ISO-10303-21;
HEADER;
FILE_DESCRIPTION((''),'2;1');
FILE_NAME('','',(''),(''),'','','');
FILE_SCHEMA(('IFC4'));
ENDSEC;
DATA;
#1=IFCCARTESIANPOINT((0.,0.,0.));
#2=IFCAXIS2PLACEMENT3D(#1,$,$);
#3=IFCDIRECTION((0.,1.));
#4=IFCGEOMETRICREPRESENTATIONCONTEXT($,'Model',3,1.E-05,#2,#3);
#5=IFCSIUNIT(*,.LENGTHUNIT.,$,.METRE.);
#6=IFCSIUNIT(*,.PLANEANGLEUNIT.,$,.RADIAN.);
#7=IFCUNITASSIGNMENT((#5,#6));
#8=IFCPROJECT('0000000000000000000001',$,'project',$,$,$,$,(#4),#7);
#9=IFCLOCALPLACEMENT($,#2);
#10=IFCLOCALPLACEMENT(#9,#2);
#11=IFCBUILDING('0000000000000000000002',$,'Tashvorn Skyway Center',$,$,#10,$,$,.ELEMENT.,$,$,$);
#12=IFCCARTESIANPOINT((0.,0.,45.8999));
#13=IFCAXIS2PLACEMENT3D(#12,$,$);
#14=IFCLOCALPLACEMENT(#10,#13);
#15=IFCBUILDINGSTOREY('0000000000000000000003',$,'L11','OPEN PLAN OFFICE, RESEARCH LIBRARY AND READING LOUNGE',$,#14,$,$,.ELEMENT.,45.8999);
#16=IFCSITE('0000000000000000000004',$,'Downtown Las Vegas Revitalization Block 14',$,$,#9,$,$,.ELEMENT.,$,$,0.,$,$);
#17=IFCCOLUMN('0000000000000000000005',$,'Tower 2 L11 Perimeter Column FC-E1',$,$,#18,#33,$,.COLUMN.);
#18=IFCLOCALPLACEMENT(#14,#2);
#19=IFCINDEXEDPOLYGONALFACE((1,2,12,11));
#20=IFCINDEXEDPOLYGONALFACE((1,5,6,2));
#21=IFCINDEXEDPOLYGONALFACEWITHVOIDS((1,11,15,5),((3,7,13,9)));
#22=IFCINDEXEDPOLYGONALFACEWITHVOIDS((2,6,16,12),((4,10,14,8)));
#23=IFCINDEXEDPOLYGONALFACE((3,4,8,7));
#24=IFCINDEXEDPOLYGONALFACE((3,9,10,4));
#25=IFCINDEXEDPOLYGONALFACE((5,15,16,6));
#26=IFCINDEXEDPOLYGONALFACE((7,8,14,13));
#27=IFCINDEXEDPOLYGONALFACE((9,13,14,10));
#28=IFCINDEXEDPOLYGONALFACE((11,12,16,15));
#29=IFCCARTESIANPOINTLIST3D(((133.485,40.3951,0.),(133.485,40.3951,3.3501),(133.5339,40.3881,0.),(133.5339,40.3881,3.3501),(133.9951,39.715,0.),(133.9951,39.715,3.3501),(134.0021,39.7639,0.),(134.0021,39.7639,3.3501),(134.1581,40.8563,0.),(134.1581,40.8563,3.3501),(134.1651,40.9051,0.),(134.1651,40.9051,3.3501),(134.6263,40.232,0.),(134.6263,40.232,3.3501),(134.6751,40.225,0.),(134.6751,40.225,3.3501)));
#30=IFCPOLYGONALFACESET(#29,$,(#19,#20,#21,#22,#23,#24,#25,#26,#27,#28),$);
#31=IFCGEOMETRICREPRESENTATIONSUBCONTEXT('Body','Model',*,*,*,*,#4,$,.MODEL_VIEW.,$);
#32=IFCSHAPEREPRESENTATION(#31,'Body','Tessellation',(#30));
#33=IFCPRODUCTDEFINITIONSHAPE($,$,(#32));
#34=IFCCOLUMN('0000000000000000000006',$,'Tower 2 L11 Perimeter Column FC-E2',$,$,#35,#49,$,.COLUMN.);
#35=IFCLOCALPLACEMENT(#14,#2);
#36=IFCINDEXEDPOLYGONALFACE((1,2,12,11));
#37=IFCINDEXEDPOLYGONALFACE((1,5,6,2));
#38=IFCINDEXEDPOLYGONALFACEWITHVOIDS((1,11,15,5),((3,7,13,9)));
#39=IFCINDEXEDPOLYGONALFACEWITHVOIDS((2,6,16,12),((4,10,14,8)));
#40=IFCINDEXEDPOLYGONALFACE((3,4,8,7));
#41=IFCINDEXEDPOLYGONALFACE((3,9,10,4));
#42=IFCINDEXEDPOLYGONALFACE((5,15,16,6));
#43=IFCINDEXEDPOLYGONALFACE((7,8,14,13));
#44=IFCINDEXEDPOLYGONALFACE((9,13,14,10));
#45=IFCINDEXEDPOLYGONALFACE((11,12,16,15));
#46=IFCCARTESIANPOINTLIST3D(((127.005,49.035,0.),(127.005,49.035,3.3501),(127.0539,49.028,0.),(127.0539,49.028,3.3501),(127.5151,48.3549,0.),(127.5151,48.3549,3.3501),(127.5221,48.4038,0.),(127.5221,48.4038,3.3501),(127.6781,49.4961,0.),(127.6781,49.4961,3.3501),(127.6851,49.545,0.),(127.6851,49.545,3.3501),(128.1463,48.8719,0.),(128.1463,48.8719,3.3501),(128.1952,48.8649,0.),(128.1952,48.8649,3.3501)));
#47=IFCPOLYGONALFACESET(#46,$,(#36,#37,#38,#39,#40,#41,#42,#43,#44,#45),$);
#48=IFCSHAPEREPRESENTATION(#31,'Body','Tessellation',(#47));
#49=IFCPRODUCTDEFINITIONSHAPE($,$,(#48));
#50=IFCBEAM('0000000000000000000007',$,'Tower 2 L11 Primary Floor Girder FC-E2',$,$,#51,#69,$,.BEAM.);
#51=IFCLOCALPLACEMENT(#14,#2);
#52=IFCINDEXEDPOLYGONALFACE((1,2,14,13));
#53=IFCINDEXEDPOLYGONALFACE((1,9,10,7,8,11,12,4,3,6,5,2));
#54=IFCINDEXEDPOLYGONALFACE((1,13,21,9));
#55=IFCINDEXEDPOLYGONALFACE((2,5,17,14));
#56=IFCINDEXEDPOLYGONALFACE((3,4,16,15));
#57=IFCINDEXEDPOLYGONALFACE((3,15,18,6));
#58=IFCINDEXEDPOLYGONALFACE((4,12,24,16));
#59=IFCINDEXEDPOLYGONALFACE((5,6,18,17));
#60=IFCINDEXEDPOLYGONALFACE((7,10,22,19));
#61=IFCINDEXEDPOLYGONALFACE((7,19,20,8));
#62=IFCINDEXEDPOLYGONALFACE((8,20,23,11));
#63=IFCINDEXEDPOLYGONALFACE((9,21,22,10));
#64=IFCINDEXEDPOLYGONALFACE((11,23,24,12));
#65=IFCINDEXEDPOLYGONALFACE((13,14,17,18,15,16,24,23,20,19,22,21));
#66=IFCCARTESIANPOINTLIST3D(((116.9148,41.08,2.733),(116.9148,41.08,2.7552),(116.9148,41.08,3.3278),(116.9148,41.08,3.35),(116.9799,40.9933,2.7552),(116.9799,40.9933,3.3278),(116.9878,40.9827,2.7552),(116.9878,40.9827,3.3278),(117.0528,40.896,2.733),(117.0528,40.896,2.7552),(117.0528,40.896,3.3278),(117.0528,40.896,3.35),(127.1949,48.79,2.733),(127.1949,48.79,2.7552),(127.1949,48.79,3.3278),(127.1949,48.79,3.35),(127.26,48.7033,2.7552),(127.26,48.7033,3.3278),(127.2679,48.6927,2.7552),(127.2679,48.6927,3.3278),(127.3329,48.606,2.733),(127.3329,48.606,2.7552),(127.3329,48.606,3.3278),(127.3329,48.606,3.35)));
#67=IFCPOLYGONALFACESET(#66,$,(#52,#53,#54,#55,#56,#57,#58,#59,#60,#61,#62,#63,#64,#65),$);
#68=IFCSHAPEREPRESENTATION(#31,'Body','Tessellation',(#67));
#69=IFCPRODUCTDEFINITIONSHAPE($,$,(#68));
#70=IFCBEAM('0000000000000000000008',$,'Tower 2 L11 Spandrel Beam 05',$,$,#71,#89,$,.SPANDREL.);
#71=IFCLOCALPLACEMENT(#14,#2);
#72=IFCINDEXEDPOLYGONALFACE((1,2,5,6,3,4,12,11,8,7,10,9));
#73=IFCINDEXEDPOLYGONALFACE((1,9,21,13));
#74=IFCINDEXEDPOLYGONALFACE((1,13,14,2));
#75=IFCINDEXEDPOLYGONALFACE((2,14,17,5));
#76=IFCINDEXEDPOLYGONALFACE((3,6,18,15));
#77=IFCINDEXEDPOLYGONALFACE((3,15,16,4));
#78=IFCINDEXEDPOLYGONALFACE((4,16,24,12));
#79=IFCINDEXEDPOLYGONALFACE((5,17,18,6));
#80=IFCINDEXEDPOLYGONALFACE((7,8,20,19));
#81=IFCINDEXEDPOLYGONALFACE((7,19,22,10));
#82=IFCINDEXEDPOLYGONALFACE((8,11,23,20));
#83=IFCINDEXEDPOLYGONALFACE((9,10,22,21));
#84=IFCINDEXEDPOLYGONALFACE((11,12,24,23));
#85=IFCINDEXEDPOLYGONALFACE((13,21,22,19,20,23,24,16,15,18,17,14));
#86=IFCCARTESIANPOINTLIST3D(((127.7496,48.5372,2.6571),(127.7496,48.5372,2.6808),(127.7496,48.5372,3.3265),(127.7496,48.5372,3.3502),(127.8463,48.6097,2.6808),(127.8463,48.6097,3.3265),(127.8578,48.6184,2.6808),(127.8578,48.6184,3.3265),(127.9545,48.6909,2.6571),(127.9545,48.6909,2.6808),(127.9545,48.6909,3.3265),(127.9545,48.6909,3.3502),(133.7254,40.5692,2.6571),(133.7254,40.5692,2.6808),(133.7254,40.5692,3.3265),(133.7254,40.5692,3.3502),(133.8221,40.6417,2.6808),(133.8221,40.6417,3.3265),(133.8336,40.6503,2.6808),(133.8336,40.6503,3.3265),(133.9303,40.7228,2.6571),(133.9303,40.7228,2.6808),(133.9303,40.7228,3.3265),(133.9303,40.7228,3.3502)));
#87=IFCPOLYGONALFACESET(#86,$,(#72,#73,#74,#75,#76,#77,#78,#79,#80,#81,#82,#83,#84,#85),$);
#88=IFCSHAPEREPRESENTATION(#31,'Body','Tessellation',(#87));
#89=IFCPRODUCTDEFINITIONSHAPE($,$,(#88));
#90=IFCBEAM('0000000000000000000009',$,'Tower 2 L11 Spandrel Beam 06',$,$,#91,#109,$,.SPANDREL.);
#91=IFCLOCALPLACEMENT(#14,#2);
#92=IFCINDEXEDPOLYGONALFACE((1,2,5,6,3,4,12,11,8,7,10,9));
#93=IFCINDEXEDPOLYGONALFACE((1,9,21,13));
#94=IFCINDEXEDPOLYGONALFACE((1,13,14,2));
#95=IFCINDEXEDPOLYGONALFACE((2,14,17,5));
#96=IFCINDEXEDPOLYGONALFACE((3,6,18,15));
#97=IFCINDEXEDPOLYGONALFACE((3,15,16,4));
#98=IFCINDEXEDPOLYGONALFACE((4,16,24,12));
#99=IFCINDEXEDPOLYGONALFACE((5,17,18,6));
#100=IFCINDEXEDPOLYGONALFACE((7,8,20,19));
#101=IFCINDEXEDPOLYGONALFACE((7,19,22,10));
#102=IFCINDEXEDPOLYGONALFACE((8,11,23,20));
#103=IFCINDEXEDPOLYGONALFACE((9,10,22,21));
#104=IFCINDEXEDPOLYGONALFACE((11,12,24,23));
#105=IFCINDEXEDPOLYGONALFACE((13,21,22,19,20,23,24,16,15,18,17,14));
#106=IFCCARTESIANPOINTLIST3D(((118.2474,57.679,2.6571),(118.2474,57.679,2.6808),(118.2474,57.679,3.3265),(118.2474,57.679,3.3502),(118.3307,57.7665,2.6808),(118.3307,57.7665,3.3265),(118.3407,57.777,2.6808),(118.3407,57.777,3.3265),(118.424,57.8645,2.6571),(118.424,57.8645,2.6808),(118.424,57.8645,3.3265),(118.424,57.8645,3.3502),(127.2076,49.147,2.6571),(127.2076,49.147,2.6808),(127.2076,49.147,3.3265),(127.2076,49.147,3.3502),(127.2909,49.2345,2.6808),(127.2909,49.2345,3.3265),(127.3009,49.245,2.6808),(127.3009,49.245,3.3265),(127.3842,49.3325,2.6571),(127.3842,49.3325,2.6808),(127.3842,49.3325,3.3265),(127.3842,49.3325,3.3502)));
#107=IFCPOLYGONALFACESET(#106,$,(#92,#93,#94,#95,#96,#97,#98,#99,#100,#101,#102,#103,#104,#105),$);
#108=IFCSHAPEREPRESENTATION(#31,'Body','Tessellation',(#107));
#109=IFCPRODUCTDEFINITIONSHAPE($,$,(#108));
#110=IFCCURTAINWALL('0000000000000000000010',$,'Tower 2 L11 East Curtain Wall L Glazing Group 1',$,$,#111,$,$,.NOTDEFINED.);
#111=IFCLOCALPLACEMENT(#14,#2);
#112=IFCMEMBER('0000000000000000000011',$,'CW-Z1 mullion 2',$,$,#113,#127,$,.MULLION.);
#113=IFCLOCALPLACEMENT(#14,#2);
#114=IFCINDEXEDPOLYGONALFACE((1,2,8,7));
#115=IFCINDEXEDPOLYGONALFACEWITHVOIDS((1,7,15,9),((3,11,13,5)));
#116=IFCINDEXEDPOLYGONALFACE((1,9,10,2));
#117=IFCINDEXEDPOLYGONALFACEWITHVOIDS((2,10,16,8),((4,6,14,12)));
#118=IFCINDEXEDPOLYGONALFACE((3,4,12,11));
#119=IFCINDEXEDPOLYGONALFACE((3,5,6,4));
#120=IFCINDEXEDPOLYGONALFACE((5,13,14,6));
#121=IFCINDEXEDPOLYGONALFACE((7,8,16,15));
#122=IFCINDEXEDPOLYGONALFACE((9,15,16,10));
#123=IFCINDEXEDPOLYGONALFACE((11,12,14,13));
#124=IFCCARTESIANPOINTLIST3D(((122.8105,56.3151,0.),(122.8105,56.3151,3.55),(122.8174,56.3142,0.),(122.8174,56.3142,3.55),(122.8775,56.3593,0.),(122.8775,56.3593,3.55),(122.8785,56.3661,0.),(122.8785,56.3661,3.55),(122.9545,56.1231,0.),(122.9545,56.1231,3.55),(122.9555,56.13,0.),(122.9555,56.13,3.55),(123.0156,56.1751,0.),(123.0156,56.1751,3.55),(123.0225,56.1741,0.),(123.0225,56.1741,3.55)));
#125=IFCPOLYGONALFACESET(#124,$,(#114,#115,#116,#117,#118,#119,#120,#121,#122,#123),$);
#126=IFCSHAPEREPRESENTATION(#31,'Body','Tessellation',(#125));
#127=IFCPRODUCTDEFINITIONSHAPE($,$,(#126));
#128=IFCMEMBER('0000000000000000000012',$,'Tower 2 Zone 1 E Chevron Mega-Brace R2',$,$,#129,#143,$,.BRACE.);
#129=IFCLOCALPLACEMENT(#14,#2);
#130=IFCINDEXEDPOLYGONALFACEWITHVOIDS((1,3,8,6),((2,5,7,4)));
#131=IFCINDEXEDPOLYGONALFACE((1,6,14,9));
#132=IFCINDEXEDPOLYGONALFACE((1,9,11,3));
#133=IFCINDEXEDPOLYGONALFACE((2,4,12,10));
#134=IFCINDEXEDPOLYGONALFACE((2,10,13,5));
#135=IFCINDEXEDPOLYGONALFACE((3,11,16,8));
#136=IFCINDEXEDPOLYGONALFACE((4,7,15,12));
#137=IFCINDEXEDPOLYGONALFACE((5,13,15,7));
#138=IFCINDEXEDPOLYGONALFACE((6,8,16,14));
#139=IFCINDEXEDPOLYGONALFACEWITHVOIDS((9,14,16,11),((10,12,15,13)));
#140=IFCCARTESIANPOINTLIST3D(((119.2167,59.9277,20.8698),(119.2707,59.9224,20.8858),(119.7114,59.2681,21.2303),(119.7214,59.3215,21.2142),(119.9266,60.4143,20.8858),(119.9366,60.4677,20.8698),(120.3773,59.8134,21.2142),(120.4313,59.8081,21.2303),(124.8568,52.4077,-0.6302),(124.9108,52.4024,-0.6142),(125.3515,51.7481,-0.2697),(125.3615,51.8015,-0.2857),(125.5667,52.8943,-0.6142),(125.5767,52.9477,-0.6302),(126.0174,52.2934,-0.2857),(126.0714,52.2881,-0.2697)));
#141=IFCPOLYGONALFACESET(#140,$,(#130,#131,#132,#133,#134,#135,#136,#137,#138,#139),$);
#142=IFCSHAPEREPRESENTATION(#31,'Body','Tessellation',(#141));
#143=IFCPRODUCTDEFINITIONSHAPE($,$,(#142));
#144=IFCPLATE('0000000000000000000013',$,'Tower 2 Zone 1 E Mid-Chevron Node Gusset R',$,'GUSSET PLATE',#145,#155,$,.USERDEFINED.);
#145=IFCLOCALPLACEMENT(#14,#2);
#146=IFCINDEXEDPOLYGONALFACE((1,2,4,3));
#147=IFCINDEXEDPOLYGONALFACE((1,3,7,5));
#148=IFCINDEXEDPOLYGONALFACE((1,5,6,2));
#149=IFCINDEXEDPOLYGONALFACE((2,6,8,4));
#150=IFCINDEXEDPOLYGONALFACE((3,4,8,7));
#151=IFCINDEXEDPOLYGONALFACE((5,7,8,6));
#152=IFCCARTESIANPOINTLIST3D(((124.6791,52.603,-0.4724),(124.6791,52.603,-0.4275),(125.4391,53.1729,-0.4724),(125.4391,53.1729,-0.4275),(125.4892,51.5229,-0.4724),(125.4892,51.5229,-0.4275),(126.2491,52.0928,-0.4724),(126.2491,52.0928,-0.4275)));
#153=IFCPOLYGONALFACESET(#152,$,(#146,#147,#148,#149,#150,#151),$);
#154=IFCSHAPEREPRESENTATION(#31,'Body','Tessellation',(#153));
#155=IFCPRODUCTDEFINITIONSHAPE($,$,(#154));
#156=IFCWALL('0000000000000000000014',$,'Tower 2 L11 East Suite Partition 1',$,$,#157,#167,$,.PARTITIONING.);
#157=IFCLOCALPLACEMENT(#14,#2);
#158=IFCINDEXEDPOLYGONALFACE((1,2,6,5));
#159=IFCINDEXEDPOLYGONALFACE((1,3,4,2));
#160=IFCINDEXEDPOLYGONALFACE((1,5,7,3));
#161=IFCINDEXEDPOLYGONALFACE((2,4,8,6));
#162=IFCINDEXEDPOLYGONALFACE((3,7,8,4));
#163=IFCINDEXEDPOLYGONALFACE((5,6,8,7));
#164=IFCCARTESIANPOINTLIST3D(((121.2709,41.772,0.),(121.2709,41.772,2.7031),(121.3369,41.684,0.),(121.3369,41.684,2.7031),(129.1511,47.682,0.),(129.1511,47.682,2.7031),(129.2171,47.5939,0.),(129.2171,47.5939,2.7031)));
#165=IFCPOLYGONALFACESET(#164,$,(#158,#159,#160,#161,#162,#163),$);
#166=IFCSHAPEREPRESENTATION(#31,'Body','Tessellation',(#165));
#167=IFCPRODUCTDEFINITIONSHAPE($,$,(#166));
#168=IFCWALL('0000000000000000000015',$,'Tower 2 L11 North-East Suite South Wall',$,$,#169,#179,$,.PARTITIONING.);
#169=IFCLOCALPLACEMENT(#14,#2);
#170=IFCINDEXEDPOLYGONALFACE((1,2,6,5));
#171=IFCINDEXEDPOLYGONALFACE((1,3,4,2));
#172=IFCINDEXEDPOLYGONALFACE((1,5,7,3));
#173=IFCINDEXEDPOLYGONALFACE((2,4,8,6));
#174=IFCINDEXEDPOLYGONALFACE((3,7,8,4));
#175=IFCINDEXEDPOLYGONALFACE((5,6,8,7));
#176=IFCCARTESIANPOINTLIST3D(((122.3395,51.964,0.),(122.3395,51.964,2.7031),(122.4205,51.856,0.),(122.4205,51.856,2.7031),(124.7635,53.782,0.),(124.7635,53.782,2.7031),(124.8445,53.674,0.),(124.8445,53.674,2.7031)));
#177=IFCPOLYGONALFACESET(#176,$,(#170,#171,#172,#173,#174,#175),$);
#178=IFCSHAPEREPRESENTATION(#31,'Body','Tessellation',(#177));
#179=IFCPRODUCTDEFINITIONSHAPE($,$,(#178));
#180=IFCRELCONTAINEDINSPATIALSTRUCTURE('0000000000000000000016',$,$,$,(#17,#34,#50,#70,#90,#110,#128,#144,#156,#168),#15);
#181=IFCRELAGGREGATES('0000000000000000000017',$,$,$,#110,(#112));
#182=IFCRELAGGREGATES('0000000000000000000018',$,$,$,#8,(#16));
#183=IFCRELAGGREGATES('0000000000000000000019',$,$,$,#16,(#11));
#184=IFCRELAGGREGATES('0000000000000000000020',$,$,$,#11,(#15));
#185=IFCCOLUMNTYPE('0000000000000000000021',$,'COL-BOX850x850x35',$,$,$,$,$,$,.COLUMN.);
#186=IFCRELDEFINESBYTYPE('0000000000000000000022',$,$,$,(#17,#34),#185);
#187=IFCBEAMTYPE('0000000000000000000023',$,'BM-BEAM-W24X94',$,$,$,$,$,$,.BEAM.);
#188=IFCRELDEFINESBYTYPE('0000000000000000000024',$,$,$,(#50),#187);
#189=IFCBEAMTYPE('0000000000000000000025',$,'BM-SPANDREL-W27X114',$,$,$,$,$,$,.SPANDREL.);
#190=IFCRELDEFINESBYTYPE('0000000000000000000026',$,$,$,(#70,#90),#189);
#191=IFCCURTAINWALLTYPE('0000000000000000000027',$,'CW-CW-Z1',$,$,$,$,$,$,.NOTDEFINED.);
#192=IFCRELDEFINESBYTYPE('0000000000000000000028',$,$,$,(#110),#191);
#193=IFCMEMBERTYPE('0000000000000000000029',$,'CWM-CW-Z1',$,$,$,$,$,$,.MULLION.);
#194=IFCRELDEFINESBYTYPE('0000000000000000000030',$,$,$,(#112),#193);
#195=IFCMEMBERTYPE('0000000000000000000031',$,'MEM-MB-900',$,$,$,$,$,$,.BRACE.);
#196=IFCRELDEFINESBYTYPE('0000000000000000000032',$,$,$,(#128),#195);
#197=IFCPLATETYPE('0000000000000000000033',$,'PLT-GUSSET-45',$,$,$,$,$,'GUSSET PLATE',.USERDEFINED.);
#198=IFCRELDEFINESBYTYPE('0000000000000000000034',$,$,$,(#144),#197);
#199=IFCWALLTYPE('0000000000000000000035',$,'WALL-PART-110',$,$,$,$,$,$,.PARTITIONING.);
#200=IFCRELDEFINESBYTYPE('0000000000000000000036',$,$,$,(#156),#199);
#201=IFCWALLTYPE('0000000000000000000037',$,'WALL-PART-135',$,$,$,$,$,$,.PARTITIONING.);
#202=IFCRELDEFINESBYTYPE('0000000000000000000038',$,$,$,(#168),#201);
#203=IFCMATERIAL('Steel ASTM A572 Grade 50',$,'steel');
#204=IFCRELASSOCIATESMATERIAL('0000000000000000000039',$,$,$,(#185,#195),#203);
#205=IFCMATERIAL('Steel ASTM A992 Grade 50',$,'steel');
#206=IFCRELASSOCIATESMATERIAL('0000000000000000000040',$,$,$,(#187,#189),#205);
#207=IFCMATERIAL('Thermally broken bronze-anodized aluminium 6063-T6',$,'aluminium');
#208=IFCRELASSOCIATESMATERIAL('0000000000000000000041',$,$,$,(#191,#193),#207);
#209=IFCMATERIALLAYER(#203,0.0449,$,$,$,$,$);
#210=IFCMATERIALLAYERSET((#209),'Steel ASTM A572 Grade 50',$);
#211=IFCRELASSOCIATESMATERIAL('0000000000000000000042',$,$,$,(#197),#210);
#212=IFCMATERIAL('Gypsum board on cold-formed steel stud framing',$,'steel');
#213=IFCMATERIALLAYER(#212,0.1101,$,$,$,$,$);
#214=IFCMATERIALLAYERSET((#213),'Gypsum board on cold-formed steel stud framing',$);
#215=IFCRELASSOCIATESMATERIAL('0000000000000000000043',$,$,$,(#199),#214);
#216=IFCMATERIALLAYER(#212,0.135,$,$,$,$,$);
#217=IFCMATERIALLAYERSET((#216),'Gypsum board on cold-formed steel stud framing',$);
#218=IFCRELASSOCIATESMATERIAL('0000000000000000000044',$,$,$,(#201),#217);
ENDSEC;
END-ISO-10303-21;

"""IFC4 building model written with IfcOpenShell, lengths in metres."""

from ifc_helpers import new_model, si_unit, direction, frame, frame_2d, origin, origin_2d, place, context, subcontext, project, spatial, rectangle, hollow_rectangle, i_section, extrude, material, layer, layer_set, material_profile, profile_set, type_object, element, aggregate, save


model = new_model("IFC4")

# Units and contexts
model_context = context("Model", 3, precision=1e-05, world=origin(), true_north=direction((0.0, 1.0)))
body_context = subcontext(model_context, "Body", "Model", "MODEL_VIEW")
ifc_project = project(units=[si_unit("LENGTHUNIT", "METRE"), si_unit("PLANEANGLEUNIT", "RADIAN")], contexts=[model_context])

# Site, building, storey
site_placement = place(None, origin())
site = spatial("IfcSite", under=ifc_project, at=site_placement, Name="Downtown Las Vegas Revitalization Block 14", CompositionType="ELEMENT", RefElevation=0.0)
building_placement = place(site_placement, origin())
building = spatial("IfcBuilding", under=site, at=building_placement, Name="Tashvorn Skyway Center", CompositionType="ELEMENT")
storey_placement = place(building_placement, frame((0.0, 0.0, 45.8999)))
storey = spatial("IfcBuildingStorey", under=building, at=storey_placement, Name="L11", Description="OPEN PLAN OFFICE, RESEARCH LIBRARY AND READING LOUNGE", CompositionType="ELEMENT", Elevation=45.8999)

# Columns
ifc_material_1 = material(Name="Steel ASTM A572 Grade 50", Category="steel")
ifc_material_profile_1 = material_profile(ifc_material_1, hollow_rectangle(XDim=0.8501, YDim=0.8501, WallThickness=0.0349, at=origin_2d()), Name="BOX850x850x35")
ifc_profile_set_1 = profile_set([ifc_material_profile_1], Name="Steel ASTM A572 Grade 50")
column_type = type_object("IfcColumnType", Name="COL-BOX850x850x35", PredefinedType="COLUMN", material=ifc_profile_set_1)
for number, where, z_axis, x_axis, name in (
    (1, (134.0801, 40.3101, 0.0), (0.0, 0.0, 1.0), (0.8, 0.6, 0.0), "Tower 2 L11 Perimeter Column FC-E1"),
    (2, (127.6001, 48.95, 0.0), (0.0, 0.0, 1.0), (0.8, 0.6, 0.0), "Tower 2 L11 Perimeter Column FC-E2"),
):
    element("IfcColumn", number, at=place(storey_placement, frame(where, z_axis=z_axis, x_axis=x_axis)), inside=storey, type_object=column_type, Name=name, PredefinedType="COLUMN", context=body_context, shape_type="SweptSolid", body=[
        extrude(hollow_rectangle(XDim=0.8501, YDim=0.8501, WallThickness=0.0349, at=origin_2d()), origin(), (0.0, 0.0, 1.0), 3.3501),
    ])

# Beams
ifc_material_2 = material(Name="Steel ASTM A992 Grade 50", Category="steel")
ifc_material_profile_2 = material_profile(ifc_material_2, i_section(OverallWidth=0.23, OverallDepth=0.6169, WebThickness=0.0132, FlangeThickness=0.0222, at=origin_2d()), Name="W24X94")
ifc_profile_set_2 = profile_set([ifc_material_profile_2], Name="Steel ASTM A992 Grade 50")
beam_type_1 = type_object("IfcBeamType", Name="BM-BEAM-W24X94", PredefinedType="BEAM", material=ifc_profile_set_2)
beam_1_placement = place(storey_placement, frame((127.2639, 48.698, 3.0415), z_axis=(-0.800002, -0.599997, 0.0), x_axis=(0.599997, -0.800002, 0.0)))
element("IfcBeam", 3, at=beam_1_placement, inside=storey, type_object=beam_type_1, Name="Tower 2 L11 Primary Floor Girder FC-E2", PredefinedType="BEAM", context=body_context, shape_type="SweptSolid", body=[
    extrude(i_section(OverallWidth=0.23, OverallDepth=0.6169, WebThickness=0.0132, FlangeThickness=0.0222, at=origin_2d()), origin(), (0.0, 0.0, 1.0), 12.8501),
])
ifc_material_profile_3 = material_profile(ifc_material_2, i_section(OverallWidth=0.2561, OverallDepth=0.6931, WebThickness=0.0144, FlangeThickness=0.0237, at=origin_2d()), Name="W27X114")
ifc_profile_set_3 = profile_set([ifc_material_profile_3], Name="Steel ASTM A992 Grade 50")
beam_type_2 = type_object("IfcBeamType", Name="BM-SPANDREL-W27X114", PredefinedType="SPANDREL", material=ifc_profile_set_3)
beam_2_placement = place(storey_placement, frame((133.8279, 40.646, 3.0037), z_axis=(-0.599988, 0.800009, 0.0), x_axis=(-0.800009, -0.599988, 0.0)))
element("IfcBeam", 4, at=beam_2_placement, inside=storey, type_object=beam_type_2, Name="Tower 2 L11 Spandrel Beam 05", PredefinedType="SPANDREL", context=body_context, shape_type="SweptSolid", body=[
    extrude(i_section(OverallWidth=0.2561, OverallDepth=0.6931, WebThickness=0.0144, FlangeThickness=0.0237, at=origin_2d()), origin(), (0.0, 0.0, 1.0), 9.96),
])
beam_3_placement = place(storey_placement, frame((127.2959, 49.2397, 3.0037), z_axis=(-0.7242, 0.68959, 0.0), x_axis=(-0.68959, -0.7242, 0.0)))
element("IfcBeam", 5, at=beam_3_placement, inside=storey, type_object=beam_type_2, Name="Tower 2 L11 Spandrel Beam 06", PredefinedType="SPANDREL", context=body_context, shape_type="SweptSolid", body=[
    extrude(i_section(OverallWidth=0.2561, OverallDepth=0.6931, WebThickness=0.0144, FlangeThickness=0.0237, at=origin_2d()), origin(), (0.0, 0.0, 1.0), 12.3726),
])

# Curtain wall, member
ifc_material_3 = material(Name="Thermally broken bronze-anodized aluminium 6063-T6", Category="aluminium")
curtain_wall_type = type_object("IfcCurtainWallType", Name="CW-CW-Z1", PredefinedType="NOTDEFINED", material=ifc_material_3)
curtain_wall_placement = place(storey_placement, origin())
curtain_wall = element("IfcCurtainWall", 6, at=curtain_wall_placement, inside=storey, type_object=curtain_wall_type, Name="Tower 2 L11 East Curtain Wall L Glazing Group 1", PredefinedType="NOTDEFINED")
ifc_material_profile_4 = material_profile(ifc_material_3, hollow_rectangle(XDim=0.085, YDim=0.24, WallThickness=0.0049, at=origin_2d()), Name="ALU-MULL-85x240")
ifc_profile_set_4 = profile_set([ifc_material_profile_4], Name="Thermally broken bronze-anodized aluminium 6063-T6")
member_type_1 = type_object("IfcMemberType", Name="CWM-CW-Z1", PredefinedType="MULLION", material=ifc_profile_set_4)
member_1_placement = place(storey_placement, frame((122.9165, 56.2446, 0.0), z_axis=(0.0, 0.0, 1.0), x_axis=(0.799998, 0.600003, 0.0)))
member_1 = element("IfcMember", 7, at=member_1_placement, type_object=member_type_1, Name="CW-Z1 mullion 2", PredefinedType="MULLION", context=body_context, shape_type="SweptSolid", body=[
    extrude(hollow_rectangle(XDim=0.085, YDim=0.24, WallThickness=0.0049, at=origin_2d()), origin(), (0.0, 0.0, 1.0), 3.55),
])
aggregate(curtain_wall, [member_1])

# Member
ifc_material_profile_5 = material_profile(ifc_material_1, hollow_rectangle(XDim=0.8999, YDim=0.8999, WallThickness=0.04, at=origin_2d()), Name="BOX900x900x40")
ifc_profile_set_5 = profile_set([ifc_material_profile_5], Name="Steel ASTM A572 Grade 50")
member_type_2 = type_object("IfcMemberType", Name="MEM-MB-900", PredefinedType="BRACE", material=ifc_profile_set_5)
member_2_placement = place(storey_placement, frame((125.4641, 52.3479, -0.45), z_axis=(-0.240363, 0.320477, 0.916254), x_axis=(-0.799994, -0.600008, 0.0)))
element("IfcMember", 8, at=member_2_placement, inside=storey, type_object=member_type_2, Name="Tower 2 Zone 1 E Chevron Mega-Brace R2", PredefinedType="BRACE", context=body_context, shape_type="SweptSolid", body=[
    extrude(hollow_rectangle(XDim=0.8999, YDim=0.8999, WallThickness=0.04, at=origin_2d()), origin(), (0.0, 0.0, 1.0), 23.4651),
])

# Plate
ifc_layer_1 = layer(ifc_material_1, 0.0449)
ifc_layer_set_1 = layer_set([ifc_layer_1], Name="Steel ASTM A572 Grade 50")
plate_type = type_object("IfcPlateType", Name="PLT-GUSSET-45", ElementType="GUSSET PLATE", PredefinedType="USERDEFINED", material=ifc_layer_set_1)
plate_placement = place(storey_placement, frame((125.4641, 52.3479, -0.4724), z_axis=(0.0, 0.0, 1.0), x_axis=(-0.6, 0.8, 0.0)))
element("IfcPlate", 9, at=plate_placement, inside=storey, type_object=plate_type, Name="Tower 2 Zone 1 E Mid-Chevron Node Gusset R", ObjectType="GUSSET PLATE", PredefinedType="USERDEFINED", context=body_context, shape_type="SweptSolid", body=[
    extrude(rectangle(XDim=1.3501, YDim=0.95, at=origin_2d()), origin(), (0.0, 0.0, 1.0), 0.0449),
])

# Walls
ifc_material_4 = material(Name="Gypsum board on cold-formed steel stud framing", Category="steel")
ifc_layer_2 = layer(ifc_material_4, 0.1101)
ifc_layer_set_2 = layer_set([ifc_layer_2], Name="Gypsum board on cold-formed steel stud framing")
wall_type_1 = type_object("IfcWallType", Name="WALL-PART-110", PredefinedType="PARTITIONING", material=ifc_layer_set_2)
wall_1_placement = place(storey_placement, frame((129.1841, 47.6379, 0.0), z_axis=(0.0, 0.0, 1.0), x_axis=(-0.800009, -0.599988, 0.0)))
element("IfcWall", 10, at=wall_1_placement, inside=storey, type_object=wall_type_1, Name="Tower 2 L11 East Suite Partition 1", PredefinedType="PARTITIONING", context=body_context, shape_type="SweptSolid", body=[
    extrude(rectangle(XDim=9.8501, YDim=0.1101, at=frame_2d((4.925, 0.0))), origin(), (0.0, 0.0, 1.0), 2.7031),
])
ifc_layer_3 = layer(ifc_material_4, 0.135)
ifc_layer_set_3 = layer_set([ifc_layer_3], Name="Gypsum board on cold-formed steel stud framing")
wall_type_2 = type_object("IfcWallType", Name="WALL-PART-135", PredefinedType="PARTITIONING", material=ifc_layer_set_3)
wall_2_placement = place(storey_placement, frame((122.3799, 51.9099, 0.0), z_axis=(0.0, 0.0, 1.0), x_axis=(0.79999, 0.600013, 0.0)))
element("IfcWall", 11, at=wall_2_placement, inside=storey, type_object=wall_type_2, Name="Tower 2 L11 North-East Suite South Wall", PredefinedType="PARTITIONING", context=body_context, shape_type="SweptSolid", body=[
    extrude(rectangle(XDim=3.03, YDim=0.135, at=frame_2d((1.5151, 0.0))), origin(), (0.0, 0.0, 1.0), 2.7031),
])

save(model, "model.ifc")
